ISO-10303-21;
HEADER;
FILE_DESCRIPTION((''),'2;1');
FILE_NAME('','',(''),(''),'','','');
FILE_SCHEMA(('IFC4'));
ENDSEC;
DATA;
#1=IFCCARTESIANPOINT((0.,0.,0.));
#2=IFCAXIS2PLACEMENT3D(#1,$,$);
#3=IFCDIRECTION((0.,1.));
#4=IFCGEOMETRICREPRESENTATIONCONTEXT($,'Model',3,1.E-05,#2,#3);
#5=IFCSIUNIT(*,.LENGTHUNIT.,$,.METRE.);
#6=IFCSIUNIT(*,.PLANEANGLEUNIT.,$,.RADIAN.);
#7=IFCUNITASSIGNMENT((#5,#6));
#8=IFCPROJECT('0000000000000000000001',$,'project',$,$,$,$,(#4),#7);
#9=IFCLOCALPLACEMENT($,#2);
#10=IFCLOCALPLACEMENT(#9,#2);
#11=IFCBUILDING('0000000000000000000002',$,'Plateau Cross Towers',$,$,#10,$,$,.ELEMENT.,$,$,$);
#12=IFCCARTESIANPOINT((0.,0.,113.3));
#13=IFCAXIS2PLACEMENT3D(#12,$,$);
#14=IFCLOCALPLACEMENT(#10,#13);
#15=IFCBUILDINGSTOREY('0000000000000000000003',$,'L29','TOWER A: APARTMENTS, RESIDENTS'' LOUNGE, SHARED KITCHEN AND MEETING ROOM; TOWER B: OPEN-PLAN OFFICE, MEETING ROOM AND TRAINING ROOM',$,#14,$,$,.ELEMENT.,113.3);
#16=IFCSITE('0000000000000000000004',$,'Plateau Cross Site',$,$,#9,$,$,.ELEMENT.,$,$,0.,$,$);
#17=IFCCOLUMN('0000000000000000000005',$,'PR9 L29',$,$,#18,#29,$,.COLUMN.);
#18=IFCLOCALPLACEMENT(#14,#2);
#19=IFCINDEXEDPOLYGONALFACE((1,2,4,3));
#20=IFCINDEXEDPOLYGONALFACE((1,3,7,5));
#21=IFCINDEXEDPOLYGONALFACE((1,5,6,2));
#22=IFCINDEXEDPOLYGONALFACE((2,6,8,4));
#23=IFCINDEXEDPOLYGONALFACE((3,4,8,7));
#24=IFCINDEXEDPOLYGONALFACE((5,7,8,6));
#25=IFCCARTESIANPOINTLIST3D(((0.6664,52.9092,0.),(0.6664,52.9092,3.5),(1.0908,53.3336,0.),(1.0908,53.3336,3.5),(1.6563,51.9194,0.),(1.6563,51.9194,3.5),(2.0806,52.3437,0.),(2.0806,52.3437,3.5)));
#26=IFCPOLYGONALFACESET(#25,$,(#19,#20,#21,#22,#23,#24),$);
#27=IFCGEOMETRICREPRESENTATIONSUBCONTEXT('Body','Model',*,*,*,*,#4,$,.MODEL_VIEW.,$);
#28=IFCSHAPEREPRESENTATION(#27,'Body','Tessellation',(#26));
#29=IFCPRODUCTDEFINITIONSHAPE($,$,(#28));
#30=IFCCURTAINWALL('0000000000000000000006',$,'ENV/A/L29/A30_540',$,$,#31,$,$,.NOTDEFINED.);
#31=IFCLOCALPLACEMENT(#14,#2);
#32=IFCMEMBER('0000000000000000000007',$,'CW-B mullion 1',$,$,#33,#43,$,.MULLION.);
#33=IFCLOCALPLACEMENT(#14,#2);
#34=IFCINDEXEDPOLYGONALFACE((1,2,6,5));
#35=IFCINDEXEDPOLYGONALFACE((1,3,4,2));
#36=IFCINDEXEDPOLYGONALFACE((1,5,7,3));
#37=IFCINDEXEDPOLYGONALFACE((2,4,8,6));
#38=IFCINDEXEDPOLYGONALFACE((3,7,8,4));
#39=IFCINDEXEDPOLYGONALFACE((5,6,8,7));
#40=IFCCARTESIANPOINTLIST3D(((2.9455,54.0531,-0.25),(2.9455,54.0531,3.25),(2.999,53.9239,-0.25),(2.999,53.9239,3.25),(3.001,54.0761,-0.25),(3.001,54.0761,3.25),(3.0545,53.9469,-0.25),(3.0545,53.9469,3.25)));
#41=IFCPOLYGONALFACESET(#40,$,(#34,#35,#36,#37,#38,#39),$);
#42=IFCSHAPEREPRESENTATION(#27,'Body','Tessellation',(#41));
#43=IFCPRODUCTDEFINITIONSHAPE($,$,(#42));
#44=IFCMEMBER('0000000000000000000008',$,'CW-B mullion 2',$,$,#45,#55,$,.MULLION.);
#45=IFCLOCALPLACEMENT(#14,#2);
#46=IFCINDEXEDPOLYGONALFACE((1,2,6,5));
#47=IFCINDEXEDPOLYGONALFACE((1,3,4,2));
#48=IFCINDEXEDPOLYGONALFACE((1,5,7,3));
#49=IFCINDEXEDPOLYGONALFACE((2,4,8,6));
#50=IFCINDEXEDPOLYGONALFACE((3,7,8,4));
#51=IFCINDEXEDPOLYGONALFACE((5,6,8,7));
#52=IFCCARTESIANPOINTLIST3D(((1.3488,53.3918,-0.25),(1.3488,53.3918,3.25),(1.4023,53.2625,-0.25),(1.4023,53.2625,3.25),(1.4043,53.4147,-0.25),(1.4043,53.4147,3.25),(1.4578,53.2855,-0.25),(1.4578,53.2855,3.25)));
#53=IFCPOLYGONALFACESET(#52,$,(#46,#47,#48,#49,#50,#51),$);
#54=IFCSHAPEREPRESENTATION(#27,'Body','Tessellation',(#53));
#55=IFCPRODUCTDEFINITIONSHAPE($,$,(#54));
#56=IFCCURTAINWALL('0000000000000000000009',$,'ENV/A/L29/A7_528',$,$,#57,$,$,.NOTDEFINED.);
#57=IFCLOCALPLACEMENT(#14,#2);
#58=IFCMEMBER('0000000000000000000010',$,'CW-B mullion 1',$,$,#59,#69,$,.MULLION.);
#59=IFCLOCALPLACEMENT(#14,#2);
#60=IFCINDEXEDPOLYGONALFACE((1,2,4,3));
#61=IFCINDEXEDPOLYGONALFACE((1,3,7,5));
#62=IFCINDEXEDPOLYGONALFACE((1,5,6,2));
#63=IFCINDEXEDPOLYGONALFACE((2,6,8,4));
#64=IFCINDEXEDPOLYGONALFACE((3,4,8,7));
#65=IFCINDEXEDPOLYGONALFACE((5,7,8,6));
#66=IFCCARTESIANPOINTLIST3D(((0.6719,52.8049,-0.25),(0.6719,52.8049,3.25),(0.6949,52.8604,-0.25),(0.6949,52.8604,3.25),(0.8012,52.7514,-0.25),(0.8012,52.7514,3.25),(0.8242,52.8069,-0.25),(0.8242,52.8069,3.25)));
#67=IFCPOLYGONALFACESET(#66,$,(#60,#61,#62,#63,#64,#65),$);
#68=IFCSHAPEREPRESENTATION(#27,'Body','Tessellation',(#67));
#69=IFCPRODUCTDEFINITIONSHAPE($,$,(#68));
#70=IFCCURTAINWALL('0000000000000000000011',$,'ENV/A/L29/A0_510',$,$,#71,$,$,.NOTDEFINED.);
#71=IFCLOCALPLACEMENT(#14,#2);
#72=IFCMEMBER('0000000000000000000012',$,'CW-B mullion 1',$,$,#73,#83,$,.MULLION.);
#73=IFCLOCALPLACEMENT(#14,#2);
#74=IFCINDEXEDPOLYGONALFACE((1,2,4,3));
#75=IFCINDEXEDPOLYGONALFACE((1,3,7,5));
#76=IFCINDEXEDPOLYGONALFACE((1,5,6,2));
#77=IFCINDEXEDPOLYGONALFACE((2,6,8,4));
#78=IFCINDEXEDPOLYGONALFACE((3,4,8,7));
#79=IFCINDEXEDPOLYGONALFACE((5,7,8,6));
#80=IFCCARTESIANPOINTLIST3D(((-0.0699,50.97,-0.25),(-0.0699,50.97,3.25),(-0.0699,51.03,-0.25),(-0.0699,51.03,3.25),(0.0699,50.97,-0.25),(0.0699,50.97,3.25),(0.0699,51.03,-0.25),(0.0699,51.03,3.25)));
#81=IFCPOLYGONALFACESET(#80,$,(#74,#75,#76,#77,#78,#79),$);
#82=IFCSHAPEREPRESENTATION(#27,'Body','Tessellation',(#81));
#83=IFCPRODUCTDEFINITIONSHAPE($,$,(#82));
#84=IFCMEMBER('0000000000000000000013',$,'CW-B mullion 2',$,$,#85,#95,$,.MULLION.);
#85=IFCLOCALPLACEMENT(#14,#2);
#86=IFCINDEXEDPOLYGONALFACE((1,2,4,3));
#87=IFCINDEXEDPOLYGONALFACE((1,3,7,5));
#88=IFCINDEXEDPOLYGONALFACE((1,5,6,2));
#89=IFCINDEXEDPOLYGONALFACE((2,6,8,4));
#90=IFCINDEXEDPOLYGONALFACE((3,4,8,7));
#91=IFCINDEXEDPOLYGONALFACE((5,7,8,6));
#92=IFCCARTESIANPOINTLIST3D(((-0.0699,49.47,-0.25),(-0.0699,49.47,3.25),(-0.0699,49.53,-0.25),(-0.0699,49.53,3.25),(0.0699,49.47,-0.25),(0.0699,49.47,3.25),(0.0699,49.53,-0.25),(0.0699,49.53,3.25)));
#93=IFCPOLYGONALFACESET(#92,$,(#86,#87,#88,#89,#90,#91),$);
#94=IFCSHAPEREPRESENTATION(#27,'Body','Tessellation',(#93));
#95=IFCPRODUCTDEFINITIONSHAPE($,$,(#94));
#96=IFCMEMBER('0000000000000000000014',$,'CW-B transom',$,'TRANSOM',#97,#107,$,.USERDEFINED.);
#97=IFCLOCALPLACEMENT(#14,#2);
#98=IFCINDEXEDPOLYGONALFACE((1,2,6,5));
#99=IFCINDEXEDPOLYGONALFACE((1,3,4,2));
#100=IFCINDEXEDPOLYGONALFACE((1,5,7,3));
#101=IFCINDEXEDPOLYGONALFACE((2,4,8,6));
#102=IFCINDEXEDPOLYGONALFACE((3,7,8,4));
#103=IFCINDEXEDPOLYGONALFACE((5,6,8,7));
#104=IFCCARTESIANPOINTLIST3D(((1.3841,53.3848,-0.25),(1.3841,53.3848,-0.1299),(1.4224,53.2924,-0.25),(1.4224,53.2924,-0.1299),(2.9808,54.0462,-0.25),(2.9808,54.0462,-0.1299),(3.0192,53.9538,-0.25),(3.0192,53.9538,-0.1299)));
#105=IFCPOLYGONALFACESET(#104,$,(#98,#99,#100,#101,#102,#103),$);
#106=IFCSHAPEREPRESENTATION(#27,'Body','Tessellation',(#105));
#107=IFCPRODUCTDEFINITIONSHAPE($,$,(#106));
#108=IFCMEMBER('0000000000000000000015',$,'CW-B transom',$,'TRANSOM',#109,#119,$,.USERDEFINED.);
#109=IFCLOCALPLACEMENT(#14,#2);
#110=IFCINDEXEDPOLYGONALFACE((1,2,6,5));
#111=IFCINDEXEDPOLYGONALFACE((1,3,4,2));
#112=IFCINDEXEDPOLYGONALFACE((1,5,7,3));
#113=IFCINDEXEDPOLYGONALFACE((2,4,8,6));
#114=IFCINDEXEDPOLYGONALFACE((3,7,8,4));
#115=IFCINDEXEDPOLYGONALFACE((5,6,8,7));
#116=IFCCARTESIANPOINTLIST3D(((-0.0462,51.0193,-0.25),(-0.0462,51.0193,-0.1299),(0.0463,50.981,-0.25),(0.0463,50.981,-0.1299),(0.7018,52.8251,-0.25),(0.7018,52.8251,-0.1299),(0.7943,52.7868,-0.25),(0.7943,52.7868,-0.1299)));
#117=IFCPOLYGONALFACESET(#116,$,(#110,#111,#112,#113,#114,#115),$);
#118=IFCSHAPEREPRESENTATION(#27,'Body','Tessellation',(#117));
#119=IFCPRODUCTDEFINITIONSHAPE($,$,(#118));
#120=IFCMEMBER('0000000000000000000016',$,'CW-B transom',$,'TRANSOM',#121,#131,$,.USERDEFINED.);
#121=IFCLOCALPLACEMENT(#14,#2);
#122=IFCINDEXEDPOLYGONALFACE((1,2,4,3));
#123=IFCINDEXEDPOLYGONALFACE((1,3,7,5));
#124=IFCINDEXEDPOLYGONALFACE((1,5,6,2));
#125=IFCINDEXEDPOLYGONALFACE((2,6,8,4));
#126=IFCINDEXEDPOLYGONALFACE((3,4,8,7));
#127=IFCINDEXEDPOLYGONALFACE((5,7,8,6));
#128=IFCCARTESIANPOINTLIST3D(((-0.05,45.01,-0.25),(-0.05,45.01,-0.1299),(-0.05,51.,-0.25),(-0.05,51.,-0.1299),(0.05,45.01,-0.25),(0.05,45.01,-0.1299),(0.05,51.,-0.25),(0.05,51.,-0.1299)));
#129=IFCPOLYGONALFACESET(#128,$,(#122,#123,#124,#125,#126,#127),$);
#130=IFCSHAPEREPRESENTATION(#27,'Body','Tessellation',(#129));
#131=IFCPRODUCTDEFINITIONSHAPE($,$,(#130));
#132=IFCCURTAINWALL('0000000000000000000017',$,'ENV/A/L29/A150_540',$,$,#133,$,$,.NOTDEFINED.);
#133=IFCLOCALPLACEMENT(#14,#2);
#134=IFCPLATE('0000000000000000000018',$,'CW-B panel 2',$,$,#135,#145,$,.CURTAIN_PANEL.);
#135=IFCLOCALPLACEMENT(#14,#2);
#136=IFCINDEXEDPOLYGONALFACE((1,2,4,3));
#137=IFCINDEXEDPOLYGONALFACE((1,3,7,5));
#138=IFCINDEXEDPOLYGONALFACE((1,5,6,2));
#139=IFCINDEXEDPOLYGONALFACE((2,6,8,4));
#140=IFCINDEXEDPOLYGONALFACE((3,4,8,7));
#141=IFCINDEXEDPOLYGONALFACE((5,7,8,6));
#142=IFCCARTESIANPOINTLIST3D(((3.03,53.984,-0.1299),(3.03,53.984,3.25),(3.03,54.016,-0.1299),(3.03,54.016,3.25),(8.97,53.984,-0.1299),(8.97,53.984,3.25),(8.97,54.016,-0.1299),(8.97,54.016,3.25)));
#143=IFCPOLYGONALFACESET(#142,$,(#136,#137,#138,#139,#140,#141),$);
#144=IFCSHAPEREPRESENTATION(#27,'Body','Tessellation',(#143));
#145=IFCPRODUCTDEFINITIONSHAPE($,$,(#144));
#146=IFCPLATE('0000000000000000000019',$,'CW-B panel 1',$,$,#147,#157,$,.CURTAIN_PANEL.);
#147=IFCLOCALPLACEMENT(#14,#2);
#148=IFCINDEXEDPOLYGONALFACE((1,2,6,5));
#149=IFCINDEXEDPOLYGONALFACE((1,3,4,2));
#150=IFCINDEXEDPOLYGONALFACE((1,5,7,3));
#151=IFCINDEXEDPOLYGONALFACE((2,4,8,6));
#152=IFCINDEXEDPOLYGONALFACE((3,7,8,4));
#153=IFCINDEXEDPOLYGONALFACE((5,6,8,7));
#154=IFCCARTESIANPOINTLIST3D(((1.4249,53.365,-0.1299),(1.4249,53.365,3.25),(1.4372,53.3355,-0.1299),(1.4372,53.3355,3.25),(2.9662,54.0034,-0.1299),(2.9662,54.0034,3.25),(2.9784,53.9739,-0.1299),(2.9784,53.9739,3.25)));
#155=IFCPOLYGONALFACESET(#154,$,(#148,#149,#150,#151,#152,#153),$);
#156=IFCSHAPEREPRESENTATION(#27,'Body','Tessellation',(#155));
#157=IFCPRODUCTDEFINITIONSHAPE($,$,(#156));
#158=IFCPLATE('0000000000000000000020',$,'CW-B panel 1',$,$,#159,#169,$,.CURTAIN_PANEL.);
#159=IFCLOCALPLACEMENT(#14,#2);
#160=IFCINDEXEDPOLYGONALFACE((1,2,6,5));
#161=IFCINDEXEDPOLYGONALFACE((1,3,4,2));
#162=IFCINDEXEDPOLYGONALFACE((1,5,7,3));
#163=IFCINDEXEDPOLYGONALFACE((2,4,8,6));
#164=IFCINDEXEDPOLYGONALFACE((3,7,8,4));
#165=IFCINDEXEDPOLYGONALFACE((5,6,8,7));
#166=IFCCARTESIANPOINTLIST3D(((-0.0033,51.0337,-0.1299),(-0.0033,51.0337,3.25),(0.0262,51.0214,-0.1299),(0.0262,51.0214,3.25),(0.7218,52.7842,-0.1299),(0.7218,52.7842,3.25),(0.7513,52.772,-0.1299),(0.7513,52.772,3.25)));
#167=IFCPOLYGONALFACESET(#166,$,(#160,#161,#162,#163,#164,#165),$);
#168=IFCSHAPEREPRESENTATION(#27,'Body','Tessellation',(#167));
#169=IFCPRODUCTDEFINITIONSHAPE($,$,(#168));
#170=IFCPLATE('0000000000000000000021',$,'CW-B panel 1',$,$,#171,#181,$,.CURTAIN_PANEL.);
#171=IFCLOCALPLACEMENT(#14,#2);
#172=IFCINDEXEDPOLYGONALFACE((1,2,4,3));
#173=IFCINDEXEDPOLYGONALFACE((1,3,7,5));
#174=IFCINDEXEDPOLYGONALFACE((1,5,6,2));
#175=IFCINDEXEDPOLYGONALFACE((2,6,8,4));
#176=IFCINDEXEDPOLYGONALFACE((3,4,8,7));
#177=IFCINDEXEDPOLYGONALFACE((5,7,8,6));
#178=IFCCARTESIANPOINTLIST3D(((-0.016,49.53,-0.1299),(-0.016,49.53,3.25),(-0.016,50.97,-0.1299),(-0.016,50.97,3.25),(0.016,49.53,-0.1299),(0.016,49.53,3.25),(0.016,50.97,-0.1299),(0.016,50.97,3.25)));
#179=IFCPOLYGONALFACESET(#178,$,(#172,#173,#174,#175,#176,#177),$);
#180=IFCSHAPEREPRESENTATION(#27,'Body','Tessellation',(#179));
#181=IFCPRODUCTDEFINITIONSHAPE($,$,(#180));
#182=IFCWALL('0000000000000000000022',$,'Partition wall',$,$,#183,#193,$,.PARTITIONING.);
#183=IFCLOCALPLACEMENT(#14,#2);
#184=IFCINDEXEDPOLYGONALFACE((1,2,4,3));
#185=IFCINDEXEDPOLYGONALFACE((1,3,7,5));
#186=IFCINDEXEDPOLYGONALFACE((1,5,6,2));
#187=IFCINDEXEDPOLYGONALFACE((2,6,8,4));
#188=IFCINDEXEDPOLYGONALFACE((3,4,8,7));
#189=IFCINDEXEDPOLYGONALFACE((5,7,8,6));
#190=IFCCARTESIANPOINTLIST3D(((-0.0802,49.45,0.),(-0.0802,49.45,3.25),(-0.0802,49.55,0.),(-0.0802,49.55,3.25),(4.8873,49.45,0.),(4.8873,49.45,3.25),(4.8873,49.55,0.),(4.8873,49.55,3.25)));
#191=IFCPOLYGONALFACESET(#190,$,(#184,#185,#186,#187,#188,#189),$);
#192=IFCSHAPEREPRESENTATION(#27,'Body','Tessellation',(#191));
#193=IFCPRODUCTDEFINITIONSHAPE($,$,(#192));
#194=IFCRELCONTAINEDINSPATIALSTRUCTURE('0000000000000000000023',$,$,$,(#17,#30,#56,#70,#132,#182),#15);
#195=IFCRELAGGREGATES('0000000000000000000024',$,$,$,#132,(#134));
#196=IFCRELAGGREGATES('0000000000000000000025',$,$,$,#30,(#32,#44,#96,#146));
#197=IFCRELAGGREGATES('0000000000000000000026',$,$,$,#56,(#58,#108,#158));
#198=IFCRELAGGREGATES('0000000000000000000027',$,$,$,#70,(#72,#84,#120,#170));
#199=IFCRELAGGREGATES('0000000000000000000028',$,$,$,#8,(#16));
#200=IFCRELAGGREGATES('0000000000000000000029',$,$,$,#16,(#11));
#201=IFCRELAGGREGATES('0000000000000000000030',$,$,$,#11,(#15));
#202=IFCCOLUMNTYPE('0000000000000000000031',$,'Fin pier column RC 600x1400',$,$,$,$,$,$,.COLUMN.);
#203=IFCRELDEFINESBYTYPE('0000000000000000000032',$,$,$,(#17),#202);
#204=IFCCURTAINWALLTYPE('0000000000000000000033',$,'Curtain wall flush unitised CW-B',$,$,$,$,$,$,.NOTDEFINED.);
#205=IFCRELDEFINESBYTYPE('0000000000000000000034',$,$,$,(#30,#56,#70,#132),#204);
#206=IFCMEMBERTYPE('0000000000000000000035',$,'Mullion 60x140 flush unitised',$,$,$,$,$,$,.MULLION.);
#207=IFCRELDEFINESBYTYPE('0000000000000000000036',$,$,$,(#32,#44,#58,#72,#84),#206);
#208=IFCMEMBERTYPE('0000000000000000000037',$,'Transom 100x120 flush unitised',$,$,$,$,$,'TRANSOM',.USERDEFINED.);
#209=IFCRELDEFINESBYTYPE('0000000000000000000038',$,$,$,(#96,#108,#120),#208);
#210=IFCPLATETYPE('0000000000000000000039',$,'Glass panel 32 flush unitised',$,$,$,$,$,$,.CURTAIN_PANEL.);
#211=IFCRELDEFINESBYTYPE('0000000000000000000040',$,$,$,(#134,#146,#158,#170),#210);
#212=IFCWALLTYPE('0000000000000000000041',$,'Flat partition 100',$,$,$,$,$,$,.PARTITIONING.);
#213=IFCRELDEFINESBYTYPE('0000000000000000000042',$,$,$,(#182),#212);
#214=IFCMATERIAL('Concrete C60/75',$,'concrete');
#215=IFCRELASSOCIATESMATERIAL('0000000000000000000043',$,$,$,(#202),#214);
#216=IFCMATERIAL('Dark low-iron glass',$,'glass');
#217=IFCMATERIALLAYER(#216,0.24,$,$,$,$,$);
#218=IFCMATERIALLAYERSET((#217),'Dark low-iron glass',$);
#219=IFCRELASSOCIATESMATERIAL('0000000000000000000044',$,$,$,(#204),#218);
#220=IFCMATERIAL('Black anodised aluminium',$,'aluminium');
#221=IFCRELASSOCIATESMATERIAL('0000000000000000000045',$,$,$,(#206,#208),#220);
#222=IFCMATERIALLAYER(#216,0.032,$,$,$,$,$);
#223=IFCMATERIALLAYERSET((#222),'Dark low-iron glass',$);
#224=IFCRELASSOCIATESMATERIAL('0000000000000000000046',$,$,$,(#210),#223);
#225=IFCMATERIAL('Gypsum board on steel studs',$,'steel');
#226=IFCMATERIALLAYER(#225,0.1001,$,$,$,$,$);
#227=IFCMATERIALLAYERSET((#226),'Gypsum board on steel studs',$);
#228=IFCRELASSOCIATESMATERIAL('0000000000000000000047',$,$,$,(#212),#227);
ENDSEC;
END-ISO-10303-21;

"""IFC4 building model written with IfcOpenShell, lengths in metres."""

from ifc_helpers import new_model, si_unit, direction, frame, frame_2d, origin, origin_2d, place, context, subcontext, project, spatial, rectangle, extrude, material, layer, layer_set, material_profile, profile_set, type_object, element, aggregate, save


model = new_model("IFC4")

# Units and contexts
model_context = context("Model", 3, precision=1e-05, world=origin(), true_north=direction((0.0, 1.0)))
body_context = subcontext(model_context, "Body", "Model", "MODEL_VIEW")
ifc_project = project(units=[si_unit("LENGTHUNIT", "METRE"), si_unit("PLANEANGLEUNIT", "RADIAN")], contexts=[model_context])

# Site, building, storey
site_placement = place(None, origin())
site = spatial("IfcSite", under=ifc_project, at=site_placement, Name="Plateau Cross Site", CompositionType="ELEMENT", RefElevation=0.0)
building_placement = place(site_placement, origin())
building = spatial("IfcBuilding", under=site, at=building_placement, Name="Plateau Cross Towers", CompositionType="ELEMENT")
storey_placement = place(building_placement, frame((0.0, 0.0, 113.3)))
storey = spatial("IfcBuildingStorey", under=building, at=storey_placement, Name="L29", Description="TOWER A: APARTMENTS, RESIDENTS' LOUNGE, SHARED KITCHEN AND MEETING ROOM; TOWER B: OPEN-PLAN OFFICE, MEETING ROOM AND TRAINING ROOM", CompositionType="ELEMENT", Elevation=113.3)

# Column
ifc_material_1 = material(Name="Concrete C60/75", Category="concrete")
ifc_material_profile_1 = material_profile(ifc_material_1, rectangle(XDim=0.6001, YDim=1.3999, at=origin_2d()), Name="RC 600x1400")
ifc_profile_set_1 = profile_set([ifc_material_profile_1], Name="Concrete C60/75")
column_type = type_object("IfcColumnType", Name="Fin pier column RC 600x1400", PredefinedType="COLUMN", material=ifc_profile_set_1)
column_placement = place(storey_placement, frame((1.3735, 52.6265, 0.0), z_axis=(0.0, 0.0, 1.0), x_axis=(0.707107, 0.707107, 0.0)))
element("IfcColumn", 1, at=column_placement, inside=storey, type_object=column_type, Name="PR9 L29", PredefinedType="COLUMN", context=body_context, shape_type="SweptSolid", body=[
    extrude(rectangle(XDim=0.6001, YDim=1.3999, at=origin_2d()), origin(), (0.0, 0.0, 1.0), 3.5),
])

# Curtain wall, members
ifc_material_2 = material(Name="Dark low-iron glass", Category="glass")
ifc_layer_1 = layer(ifc_material_2, 0.24)
ifc_layer_set_1 = layer_set([ifc_layer_1], Name="Dark low-iron glass")
curtain_wall_type = type_object("IfcCurtainWallType", Name="Curtain wall flush unitised CW-B", PredefinedType="NOTDEFINED", material=ifc_layer_set_1)
curtain_wall_1_placement = place(storey_placement, origin())
curtain_wall_1 = element("IfcCurtainWall", 2, at=curtain_wall_1_placement, inside=storey, type_object=curtain_wall_type, Name="ENV/A/L29/A30_540", PredefinedType="NOTDEFINED")
ifc_material_3 = material(Name="Black anodised aluminium", Category="aluminium")
ifc_material_profile_2 = material_profile(ifc_material_3, rectangle(XDim=0.0601, YDim=0.1399, at=origin_2d()), Name="MULLION 60x140")
ifc_profile_set_2 = profile_set([ifc_material_profile_2], Name="Black anodised aluminium")
member_type_1 = type_object("IfcMemberType", Name="Mullion 60x140 flush unitised", PredefinedType="MULLION", material=ifc_profile_set_2)
member_1_placement = place(storey_placement, frame((3.0, 54.0, -0.25), z_axis=(0.0, 0.0, 1.0), x_axis=(-0.923879, -0.382684, 0.0)))
member_1 = element("IfcMember", 3, at=member_1_placement, type_object=member_type_1, Name="CW-B mullion 1", PredefinedType="MULLION", context=body_context, shape_type="SweptSolid", body=[
    extrude(rectangle(XDim=0.0601, YDim=0.1399, at=origin_2d()), origin(), (0.0, 0.0, 1.0), 3.5),
])
member_2_placement = place(storey_placement, frame((1.4033, 53.3386, -0.25), z_axis=(0.0, 0.0, 1.0), x_axis=(-0.923879, -0.382684, 0.0)))
member_2 = element("IfcMember", 4, at=member_2_placement, type_object=member_type_1, Name="CW-B mullion 2", PredefinedType="MULLION", context=body_context, shape_type="SweptSolid", body=[
    extrude(rectangle(XDim=0.0601, YDim=0.1399, at=origin_2d()), origin(), (0.0, 0.0, 1.0), 3.5),
])

# Curtain wall, member
curtain_wall_2_placement = place(storey_placement, origin())
curtain_wall_2 = element("IfcCurtainWall", 5, at=curtain_wall_2_placement, inside=storey, type_object=curtain_wall_type, Name="ENV/A/L29/A7_528", PredefinedType="NOTDEFINED")
member_3_placement = place(storey_placement, frame((0.748, 52.8059, -0.25), z_axis=(0.0, 0.0, 1.0), x_axis=(-0.382684, -0.923879, 0.0)))
member_3 = element("IfcMember", 6, at=member_3_placement, type_object=member_type_1, Name="CW-B mullion 1", PredefinedType="MULLION", context=body_context, shape_type="SweptSolid", body=[
    extrude(rectangle(XDim=0.0601, YDim=0.1399, at=origin_2d()), origin(), (0.0, 0.0, 1.0), 3.5),
])

# Curtain wall, members
curtain_wall_3_placement = place(storey_placement, origin())
curtain_wall_3 = element("IfcCurtainWall", 7, at=curtain_wall_3_placement, inside=storey, type_object=curtain_wall_type, Name="ENV/A/L29/A0_510", PredefinedType="NOTDEFINED")
member_4_placement = place(storey_placement, frame((0.0, 51.0, -0.25), z_axis=(0.0, 0.0, 1.0), x_axis=(0.0, -1.0, 0.0)))
member_4 = element("IfcMember", 8, at=member_4_placement, type_object=member_type_1, Name="CW-B mullion 1", PredefinedType="MULLION", context=body_context, shape_type="SweptSolid", body=[
    extrude(rectangle(XDim=0.0601, YDim=0.1399, at=origin_2d()), origin(), (0.0, 0.0, 1.0), 3.5),
])
member_5_placement = place(storey_placement, frame((0.0, 49.5, -0.25), z_axis=(0.0, 0.0, 1.0), x_axis=(0.0, -1.0, 0.0)))
member_5 = element("IfcMember", 9, at=member_5_placement, type_object=member_type_1, Name="CW-B mullion 2", PredefinedType="MULLION", context=body_context, shape_type="SweptSolid", body=[
    extrude(rectangle(XDim=0.0601, YDim=0.1399, at=origin_2d()), origin(), (0.0, 0.0, 1.0), 3.5),
])

# Members
ifc_material_profile_3 = material_profile(ifc_material_3, rectangle(XDim=0.1001, YDim=0.1201, at=origin_2d()), Name="TRANSOM 100x120")
ifc_profile_set_3 = profile_set([ifc_material_profile_3], Name="Black anodised aluminium")
member_type_2 = type_object("IfcMemberType", Name="Transom 100x120 flush unitised", ElementType="TRANSOM", PredefinedType="USERDEFINED", material=ifc_profile_set_3)
member_6_placement = place(storey_placement, frame((3.0, 54.0, -0.1899), z_axis=(-0.923877, -0.382689, 0.0), x_axis=(0.382689, -0.923877, 0.0)))
member_6 = element("IfcMember", 10, at=member_6_placement, type_object=member_type_2, Name="CW-B transom", ObjectType="TRANSOM", PredefinedType="USERDEFINED", context=body_context, shape_type="SweptSolid", body=[
    extrude(rectangle(XDim=0.1001, YDim=0.1201, at=origin_2d()), origin(), (0.0, 0.0, 1.0), 1.7283),
])
member_7_placement = place(storey_placement, frame((0.748, 52.8059, -0.1899), z_axis=(-0.38269, -0.923877, 0.0), x_axis=(0.923877, -0.38269, 0.0)))
member_7 = element("IfcMember", 11, at=member_7_placement, type_object=member_type_2, Name="CW-B transom", ObjectType="TRANSOM", PredefinedType="USERDEFINED", context=body_context, shape_type="SweptSolid", body=[
    extrude(rectangle(XDim=0.1001, YDim=0.1201, at=origin_2d()), origin(), (0.0, 0.0, 1.0), 1.9546),
])
member_8_placement = place(storey_placement, frame((0.0, 51.0, -0.1899), z_axis=(0.0, -1.0, 0.0), x_axis=(1.0, 0.0, 0.0)))
member_8 = element("IfcMember", 12, at=member_8_placement, type_object=member_type_2, Name="CW-B transom", ObjectType="TRANSOM", PredefinedType="USERDEFINED", context=body_context, shape_type="SweptSolid", body=[
    extrude(rectangle(XDim=0.1001, YDim=0.1201, at=origin_2d()), origin(), (0.0, 0.0, 1.0), 5.99),
])

# Curtain wall, plate
curtain_wall_4_placement = place(storey_placement, origin())
curtain_wall_4 = element("IfcCurtainWall", 13, at=curtain_wall_4_placement, inside=storey, type_object=curtain_wall_type, Name="ENV/A/L29/A150_540", PredefinedType="NOTDEFINED")
ifc_layer_2 = layer(ifc_material_2, 0.032)
ifc_layer_set_2 = layer_set([ifc_layer_2], Name="Dark low-iron glass")
plate_type = type_object("IfcPlateType", Name="Glass panel 32 flush unitised", PredefinedType="CURTAIN_PANEL", material=ifc_layer_set_2)
plate_1_placement = place(storey_placement, frame((6.0, 54.0, -0.1299), z_axis=(0.0, 0.0, 1.0), x_axis=(-1.0, 0.0, 0.0)))
plate_1 = element("IfcPlate", 14, at=plate_1_placement, type_object=plate_type, Name="CW-B panel 2", PredefinedType="CURTAIN_PANEL", context=body_context, shape_type="SweptSolid", body=[
    extrude(rectangle(XDim=5.9399, YDim=0.032, at=origin_2d()), origin(), (0.0, 0.0, 1.0), 3.3799),
])
aggregate(curtain_wall_4, [plate_1])

# Plates
plate_2_placement = place(storey_placement, frame((2.2017, 53.6694, -0.1299), z_axis=(0.0, 0.0, 1.0), x_axis=(-0.923879, -0.382684, 0.0)))
plate_2 = element("IfcPlate", 15, at=plate_2_placement, type_object=plate_type, Name="CW-B panel 1", PredefinedType="CURTAIN_PANEL", context=body_context, shape_type="SweptSolid", body=[
    extrude(rectangle(XDim=1.6682, YDim=0.032, at=origin_2d()), origin(), (0.0, 0.0, 1.0), 3.3799),
])
aggregate(curtain_wall_1, [member_1, member_2, member_6, plate_2])
plate_3_placement = place(storey_placement, frame((0.374, 51.9028, -0.1299), z_axis=(0.0, 0.0, 1.0), x_axis=(-0.382684, -0.923879, 0.0)))
plate_3 = element("IfcPlate", 16, at=plate_3_placement, type_object=plate_type, Name="CW-B panel 1", PredefinedType="CURTAIN_PANEL", context=body_context, shape_type="SweptSolid", body=[
    extrude(rectangle(XDim=1.8948, YDim=0.032, at=origin_2d()), origin(), (0.0, 0.0, 1.0), 3.3799),
])
aggregate(curtain_wall_2, [member_3, member_7, plate_3])
plate_4_placement = place(storey_placement, frame((0.0, 50.25, -0.1299), z_axis=(0.0, 0.0, 1.0), x_axis=(0.0, -1.0, 0.0)))
plate_4 = element("IfcPlate", 17, at=plate_4_placement, type_object=plate_type, Name="CW-B panel 1", PredefinedType="CURTAIN_PANEL", context=body_context, shape_type="SweptSolid", body=[
    extrude(rectangle(XDim=1.4399, YDim=0.032, at=origin_2d()), origin(), (0.0, 0.0, 1.0), 3.3799),
])
aggregate(curtain_wall_3, [member_4, member_5, member_8, plate_4])

# Wall
ifc_material_4 = material(Name="Gypsum board on steel studs", Category="steel")
ifc_layer_3 = layer(ifc_material_4, 0.1001)
ifc_layer_set_3 = layer_set([ifc_layer_3], Name="Gypsum board on steel studs")
wall_type_1 = type_object("IfcWallType", Name="Flat partition 100", PredefinedType="PARTITIONING", material=ifc_layer_set_3)
wall_1_placement = place(storey_placement, frame((4.8875, 49.5, 0.0), z_axis=(0.0, 0.0, 1.0), x_axis=(-1.0, 0.0, 0.0)))
element("IfcWall", 18, at=wall_1_placement, inside=storey, type_object=wall_type_1, Name="Partition wall", PredefinedType="PARTITIONING", context=body_context, shape_type="SweptSolid", body=[
    extrude(rectangle(XDim=4.9675, YDim=0.1001, at=frame_2d((2.4839, 0.0))), origin(), (0.0, 0.0, 1.0), 3.25),
])

save(model, "model.ifc")
